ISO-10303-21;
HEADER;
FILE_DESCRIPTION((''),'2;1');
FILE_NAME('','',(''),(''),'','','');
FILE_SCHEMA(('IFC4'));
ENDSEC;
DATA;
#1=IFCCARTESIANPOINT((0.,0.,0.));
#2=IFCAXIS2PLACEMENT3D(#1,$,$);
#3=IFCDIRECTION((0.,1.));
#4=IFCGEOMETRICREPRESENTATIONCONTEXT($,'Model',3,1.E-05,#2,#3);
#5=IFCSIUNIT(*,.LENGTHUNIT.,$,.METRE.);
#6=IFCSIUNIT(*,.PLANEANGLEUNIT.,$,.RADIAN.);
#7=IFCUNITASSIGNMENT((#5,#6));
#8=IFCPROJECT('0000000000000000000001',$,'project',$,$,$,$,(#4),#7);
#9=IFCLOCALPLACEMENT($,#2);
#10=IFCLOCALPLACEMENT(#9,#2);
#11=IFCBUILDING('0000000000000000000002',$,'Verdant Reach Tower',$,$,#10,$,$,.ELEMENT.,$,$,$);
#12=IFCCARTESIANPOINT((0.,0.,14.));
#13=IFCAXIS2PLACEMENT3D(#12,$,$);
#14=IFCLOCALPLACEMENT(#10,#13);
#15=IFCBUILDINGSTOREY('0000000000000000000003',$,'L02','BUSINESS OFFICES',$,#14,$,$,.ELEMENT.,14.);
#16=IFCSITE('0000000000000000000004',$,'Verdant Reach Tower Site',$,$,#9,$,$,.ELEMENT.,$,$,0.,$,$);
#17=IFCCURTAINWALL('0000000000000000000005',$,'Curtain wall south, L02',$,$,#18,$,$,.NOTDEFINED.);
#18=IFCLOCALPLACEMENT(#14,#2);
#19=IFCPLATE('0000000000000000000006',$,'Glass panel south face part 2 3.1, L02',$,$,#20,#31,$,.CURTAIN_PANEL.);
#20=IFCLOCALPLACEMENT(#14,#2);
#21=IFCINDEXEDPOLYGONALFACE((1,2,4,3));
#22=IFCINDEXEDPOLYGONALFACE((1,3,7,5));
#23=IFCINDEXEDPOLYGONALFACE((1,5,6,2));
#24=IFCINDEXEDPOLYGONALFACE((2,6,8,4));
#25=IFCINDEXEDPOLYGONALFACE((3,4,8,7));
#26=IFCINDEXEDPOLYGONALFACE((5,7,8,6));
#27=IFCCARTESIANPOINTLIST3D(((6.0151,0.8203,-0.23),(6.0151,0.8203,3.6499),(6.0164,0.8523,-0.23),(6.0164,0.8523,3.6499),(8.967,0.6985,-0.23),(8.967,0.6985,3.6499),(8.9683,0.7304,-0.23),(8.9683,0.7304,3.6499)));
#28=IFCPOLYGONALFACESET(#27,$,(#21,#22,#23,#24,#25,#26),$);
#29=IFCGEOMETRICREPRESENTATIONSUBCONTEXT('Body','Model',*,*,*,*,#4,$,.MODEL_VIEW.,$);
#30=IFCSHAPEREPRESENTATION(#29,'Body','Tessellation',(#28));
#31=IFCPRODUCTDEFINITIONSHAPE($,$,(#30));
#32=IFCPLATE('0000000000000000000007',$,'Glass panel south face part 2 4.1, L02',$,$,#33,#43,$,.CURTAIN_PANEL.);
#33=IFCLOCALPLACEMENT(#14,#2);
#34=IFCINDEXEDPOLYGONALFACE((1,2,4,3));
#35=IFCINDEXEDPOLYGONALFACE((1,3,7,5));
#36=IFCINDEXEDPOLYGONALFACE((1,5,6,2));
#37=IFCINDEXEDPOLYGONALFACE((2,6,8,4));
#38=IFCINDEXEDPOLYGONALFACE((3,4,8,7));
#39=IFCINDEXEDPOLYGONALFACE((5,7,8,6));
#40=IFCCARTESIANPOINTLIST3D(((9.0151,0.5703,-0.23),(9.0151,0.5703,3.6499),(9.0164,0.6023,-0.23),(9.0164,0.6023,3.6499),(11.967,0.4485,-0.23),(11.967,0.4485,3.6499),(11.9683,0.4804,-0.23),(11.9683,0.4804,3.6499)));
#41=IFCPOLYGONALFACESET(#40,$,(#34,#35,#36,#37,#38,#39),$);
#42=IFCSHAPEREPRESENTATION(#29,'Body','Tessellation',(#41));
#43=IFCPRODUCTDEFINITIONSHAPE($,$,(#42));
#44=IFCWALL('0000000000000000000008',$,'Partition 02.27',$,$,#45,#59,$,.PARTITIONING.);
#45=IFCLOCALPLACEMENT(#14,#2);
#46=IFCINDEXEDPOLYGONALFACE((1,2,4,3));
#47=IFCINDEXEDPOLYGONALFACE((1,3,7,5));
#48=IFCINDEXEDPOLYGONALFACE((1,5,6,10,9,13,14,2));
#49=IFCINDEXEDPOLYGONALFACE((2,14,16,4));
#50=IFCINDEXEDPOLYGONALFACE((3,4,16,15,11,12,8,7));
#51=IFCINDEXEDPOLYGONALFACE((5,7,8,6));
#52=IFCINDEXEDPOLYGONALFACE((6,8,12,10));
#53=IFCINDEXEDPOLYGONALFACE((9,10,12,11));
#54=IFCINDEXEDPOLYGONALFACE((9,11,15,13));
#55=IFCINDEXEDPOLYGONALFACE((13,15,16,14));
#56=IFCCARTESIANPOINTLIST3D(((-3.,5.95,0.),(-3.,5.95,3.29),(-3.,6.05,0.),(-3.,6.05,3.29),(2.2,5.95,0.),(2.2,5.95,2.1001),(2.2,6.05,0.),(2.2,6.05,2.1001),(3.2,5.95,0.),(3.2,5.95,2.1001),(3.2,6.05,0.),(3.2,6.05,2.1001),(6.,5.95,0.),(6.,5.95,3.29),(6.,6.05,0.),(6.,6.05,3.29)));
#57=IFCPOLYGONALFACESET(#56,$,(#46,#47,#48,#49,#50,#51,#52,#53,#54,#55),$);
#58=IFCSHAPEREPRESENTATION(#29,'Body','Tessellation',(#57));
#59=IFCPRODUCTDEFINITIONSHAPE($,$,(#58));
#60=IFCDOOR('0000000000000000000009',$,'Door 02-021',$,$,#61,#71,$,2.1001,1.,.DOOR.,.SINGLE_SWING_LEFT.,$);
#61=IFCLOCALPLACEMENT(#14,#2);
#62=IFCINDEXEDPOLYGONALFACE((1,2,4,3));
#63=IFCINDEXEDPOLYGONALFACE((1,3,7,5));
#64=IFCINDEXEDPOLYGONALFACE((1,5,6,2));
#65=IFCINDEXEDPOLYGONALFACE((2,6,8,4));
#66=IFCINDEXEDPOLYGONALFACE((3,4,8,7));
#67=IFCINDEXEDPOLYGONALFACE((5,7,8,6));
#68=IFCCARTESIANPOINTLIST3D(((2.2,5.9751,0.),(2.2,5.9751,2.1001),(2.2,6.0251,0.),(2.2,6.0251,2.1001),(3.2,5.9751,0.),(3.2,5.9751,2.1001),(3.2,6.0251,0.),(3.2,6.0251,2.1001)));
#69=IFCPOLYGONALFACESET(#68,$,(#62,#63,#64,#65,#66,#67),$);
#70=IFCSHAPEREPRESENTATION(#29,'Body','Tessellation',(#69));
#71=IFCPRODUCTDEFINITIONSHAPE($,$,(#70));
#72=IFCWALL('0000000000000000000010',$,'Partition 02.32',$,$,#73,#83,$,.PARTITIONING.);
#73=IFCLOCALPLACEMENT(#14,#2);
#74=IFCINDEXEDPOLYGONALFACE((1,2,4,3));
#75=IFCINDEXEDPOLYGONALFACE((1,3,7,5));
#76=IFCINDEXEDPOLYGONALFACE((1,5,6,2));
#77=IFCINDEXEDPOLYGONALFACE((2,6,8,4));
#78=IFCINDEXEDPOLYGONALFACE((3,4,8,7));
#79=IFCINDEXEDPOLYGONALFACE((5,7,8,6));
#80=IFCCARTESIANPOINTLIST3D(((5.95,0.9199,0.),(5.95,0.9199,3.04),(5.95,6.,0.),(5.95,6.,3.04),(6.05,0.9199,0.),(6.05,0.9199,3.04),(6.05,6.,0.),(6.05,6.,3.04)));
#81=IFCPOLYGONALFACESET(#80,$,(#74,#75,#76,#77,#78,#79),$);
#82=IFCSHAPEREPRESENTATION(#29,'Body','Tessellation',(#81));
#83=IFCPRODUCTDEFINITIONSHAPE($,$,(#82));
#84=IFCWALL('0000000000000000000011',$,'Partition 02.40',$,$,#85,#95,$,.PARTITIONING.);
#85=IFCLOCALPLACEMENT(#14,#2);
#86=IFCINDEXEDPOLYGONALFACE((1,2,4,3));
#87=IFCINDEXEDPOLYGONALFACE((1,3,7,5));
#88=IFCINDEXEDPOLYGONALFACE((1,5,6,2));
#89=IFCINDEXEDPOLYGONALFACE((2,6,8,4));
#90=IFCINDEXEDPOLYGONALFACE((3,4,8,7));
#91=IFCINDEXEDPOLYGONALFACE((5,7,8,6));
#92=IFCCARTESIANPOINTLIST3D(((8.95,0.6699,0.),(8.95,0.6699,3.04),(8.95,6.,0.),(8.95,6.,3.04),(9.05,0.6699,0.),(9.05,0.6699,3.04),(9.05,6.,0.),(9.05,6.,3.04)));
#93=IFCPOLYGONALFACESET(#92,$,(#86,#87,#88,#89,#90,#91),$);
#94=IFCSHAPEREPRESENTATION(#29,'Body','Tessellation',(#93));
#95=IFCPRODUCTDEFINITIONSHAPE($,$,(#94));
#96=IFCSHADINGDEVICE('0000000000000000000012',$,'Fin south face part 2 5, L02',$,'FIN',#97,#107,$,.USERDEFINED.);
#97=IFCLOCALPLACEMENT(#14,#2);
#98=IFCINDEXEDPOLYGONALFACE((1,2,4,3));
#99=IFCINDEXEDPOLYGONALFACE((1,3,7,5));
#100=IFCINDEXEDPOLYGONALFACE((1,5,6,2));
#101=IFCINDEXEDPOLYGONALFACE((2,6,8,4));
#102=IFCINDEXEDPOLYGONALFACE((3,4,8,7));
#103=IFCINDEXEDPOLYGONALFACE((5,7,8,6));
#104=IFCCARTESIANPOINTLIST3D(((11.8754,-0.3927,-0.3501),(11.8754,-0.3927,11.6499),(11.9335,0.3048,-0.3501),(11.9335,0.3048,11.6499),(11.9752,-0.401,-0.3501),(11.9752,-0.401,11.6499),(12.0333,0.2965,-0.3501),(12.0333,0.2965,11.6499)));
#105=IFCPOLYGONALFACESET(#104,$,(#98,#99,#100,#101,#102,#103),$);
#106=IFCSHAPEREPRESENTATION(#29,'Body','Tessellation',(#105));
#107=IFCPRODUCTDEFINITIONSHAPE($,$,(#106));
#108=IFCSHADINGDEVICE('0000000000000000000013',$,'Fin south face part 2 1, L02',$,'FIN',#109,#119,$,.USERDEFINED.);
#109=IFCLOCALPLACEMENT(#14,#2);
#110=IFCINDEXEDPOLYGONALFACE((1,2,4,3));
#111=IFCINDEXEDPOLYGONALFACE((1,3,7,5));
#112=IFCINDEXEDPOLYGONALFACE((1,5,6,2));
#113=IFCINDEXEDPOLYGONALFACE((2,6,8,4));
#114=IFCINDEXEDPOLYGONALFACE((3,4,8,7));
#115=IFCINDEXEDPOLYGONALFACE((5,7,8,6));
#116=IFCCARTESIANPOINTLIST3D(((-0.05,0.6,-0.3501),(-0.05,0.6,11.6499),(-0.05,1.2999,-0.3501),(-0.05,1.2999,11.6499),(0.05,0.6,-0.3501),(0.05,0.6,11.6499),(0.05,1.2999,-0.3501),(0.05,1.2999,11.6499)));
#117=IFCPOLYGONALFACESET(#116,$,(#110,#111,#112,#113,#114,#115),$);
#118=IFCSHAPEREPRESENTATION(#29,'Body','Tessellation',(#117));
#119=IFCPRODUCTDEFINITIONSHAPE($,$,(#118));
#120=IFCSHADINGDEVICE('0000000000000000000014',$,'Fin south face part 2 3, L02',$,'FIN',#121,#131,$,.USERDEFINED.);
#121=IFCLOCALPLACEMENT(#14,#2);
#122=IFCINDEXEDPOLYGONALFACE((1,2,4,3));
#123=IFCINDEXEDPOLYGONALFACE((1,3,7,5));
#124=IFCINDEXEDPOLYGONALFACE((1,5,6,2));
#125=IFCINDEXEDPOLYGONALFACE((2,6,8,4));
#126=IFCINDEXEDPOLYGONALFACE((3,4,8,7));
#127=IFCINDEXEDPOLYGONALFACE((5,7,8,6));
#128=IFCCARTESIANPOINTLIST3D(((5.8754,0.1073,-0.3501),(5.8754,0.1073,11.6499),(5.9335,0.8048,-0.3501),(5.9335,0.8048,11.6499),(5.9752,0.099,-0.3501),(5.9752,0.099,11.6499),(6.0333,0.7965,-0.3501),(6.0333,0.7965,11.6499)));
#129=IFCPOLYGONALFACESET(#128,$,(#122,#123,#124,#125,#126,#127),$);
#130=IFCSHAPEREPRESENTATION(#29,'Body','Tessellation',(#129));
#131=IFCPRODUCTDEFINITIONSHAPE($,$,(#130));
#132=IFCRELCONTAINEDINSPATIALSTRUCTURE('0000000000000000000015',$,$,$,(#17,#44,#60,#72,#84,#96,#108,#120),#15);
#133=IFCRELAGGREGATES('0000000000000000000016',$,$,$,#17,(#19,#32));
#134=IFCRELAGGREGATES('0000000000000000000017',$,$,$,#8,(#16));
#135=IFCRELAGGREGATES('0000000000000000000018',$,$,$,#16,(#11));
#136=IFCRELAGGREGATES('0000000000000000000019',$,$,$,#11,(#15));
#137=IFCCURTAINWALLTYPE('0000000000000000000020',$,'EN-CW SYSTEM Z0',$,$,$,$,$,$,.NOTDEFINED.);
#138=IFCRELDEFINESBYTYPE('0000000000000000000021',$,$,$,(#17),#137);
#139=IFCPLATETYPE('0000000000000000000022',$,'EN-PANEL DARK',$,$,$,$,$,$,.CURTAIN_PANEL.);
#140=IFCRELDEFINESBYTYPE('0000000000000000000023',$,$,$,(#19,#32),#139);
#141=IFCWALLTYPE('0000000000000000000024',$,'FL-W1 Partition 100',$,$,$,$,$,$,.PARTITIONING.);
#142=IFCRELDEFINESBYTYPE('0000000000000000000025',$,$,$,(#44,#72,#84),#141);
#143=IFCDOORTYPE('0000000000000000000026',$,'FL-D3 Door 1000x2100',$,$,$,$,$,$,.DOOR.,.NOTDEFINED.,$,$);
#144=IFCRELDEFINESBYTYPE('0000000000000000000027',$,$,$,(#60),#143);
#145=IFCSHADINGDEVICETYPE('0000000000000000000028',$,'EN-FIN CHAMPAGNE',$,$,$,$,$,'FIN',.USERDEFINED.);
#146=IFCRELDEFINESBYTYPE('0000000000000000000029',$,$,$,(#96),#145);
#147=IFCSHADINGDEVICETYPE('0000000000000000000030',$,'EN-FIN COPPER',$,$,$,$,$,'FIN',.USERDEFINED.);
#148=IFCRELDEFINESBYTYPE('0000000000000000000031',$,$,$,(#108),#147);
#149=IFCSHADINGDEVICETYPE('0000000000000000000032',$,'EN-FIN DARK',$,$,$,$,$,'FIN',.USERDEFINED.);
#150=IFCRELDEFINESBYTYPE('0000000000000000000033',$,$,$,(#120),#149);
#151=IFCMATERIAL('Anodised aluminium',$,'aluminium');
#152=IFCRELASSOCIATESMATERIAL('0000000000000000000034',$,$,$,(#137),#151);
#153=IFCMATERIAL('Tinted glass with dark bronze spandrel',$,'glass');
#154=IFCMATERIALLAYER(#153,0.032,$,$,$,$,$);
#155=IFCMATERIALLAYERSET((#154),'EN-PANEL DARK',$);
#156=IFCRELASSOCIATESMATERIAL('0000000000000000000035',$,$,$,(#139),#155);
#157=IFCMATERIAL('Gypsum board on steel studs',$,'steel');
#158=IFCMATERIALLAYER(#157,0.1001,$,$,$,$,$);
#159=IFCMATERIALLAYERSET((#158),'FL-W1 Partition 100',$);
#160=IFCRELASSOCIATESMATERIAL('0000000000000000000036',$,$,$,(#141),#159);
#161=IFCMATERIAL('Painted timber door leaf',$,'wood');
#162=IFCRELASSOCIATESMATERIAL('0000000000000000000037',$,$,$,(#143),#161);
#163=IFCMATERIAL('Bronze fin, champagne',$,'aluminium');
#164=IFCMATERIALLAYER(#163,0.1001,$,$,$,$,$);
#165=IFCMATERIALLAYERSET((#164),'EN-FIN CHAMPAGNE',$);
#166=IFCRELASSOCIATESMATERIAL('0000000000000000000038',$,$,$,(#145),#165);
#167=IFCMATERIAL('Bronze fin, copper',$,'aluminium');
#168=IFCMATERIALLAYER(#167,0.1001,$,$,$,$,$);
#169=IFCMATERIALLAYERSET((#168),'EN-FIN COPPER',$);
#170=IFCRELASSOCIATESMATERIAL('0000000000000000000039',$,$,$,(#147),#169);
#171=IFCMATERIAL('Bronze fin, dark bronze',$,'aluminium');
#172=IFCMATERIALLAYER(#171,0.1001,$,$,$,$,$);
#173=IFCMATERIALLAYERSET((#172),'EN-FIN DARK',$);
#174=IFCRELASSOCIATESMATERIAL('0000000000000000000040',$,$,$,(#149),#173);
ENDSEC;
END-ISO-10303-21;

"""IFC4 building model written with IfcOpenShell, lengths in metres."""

from ifc_helpers import new_model, si_unit, direction, frame, frame_2d, origin, origin_2d, place, context, subcontext, project, spatial, rectangle, extrude, material, layer, layer_set, type_object, element, fill, aggregate, save


model = new_model("IFC4")

# Units and contexts
model_context = context("Model", 3, precision=1e-05, world=origin(), true_north=direction((0.0, 1.0)))
body_context = subcontext(model_context, "Body", "Model", "MODEL_VIEW")
ifc_project = project(units=[si_unit("LENGTHUNIT", "METRE"), si_unit("PLANEANGLEUNIT", "RADIAN")], contexts=[model_context])

# Site, building, storey
site_placement = place(None, origin())
site = spatial("IfcSite", under=ifc_project, at=site_placement, Name="Verdant Reach Tower Site", CompositionType="ELEMENT", RefElevation=0.0)
building_placement = place(site_placement, origin())
building = spatial("IfcBuilding", under=site, at=building_placement, Name="Verdant Reach Tower", CompositionType="ELEMENT")
storey_placement = place(building_placement, frame((0.0, 0.0, 14.0)))
storey = spatial("IfcBuildingStorey", under=building, at=storey_placement, Name="L02", Description="BUSINESS OFFICES", CompositionType="ELEMENT", Elevation=14.0)

# Curtain wall
ifc_material_1 = material(Name="Anodised aluminium", Category="aluminium")
curtain_wall_type = type_object("IfcCurtainWallType", Name="EN-CW SYSTEM Z0", PredefinedType="NOTDEFINED", material=ifc_material_1)
curtain_wall_placement = place(storey_placement, origin())
curtain_wall = element("IfcCurtainWall", 1, at=curtain_wall_placement, inside=storey, type_object=curtain_wall_type, Name="Curtain wall south, L02", PredefinedType="NOTDEFINED")

# Plates
ifc_material_2 = material(Name="Tinted glass with dark bronze spandrel", Category="glass")
ifc_layer_1 = layer(ifc_material_2, 0.032)
ifc_layer_set_1 = layer_set([ifc_layer_1], Name="EN-PANEL DARK")
plate_type_1 = type_object("IfcPlateType", Name="EN-PANEL DARK", PredefinedType="CURTAIN_PANEL", material=ifc_layer_set_1)
plate_1_placement = place(storey_placement, frame((7.4917, 0.7754, -0.23), z_axis=(0.0, 0.0, 1.0), x_axis=(0.999149, -0.041242, 0.0)))
plate_1 = element("IfcPlate", 2, at=plate_1_placement, type_object=plate_type_1, Name="Glass panel south face part 2 3.1, L02", PredefinedType="CURTAIN_PANEL", context=body_context, shape_type="SweptSolid", body=[
    extrude(rectangle(XDim=2.9543, YDim=0.032, at=origin_2d()), origin(), (0.0, 0.0, 1.0), 3.8799),
])
plate_2_placement = place(storey_placement, frame((10.4917, 0.5254, -0.23), z_axis=(0.0, 0.0, 1.0), x_axis=(0.999149, -0.041242, 0.0)))
plate_2 = element("IfcPlate", 3, at=plate_2_placement, type_object=plate_type_1, Name="Glass panel south face part 2 4.1, L02", PredefinedType="CURTAIN_PANEL", context=body_context, shape_type="SweptSolid", body=[
    extrude(rectangle(XDim=2.9543, YDim=0.032, at=origin_2d()), origin(), (0.0, 0.0, 1.0), 3.8799),
])
aggregate(curtain_wall, [plate_1, plate_2])

# Wall, opening, door
ifc_material_3 = material(Name="Gypsum board on steel studs", Category="steel")
ifc_layer_2 = layer(ifc_material_3, 0.1001)
ifc_layer_set_2 = layer_set([ifc_layer_2], Name="FL-W1 Partition 100")
wall_type = type_object("IfcWallType", Name="FL-W1 Partition 100", PredefinedType="PARTITIONING", material=ifc_layer_set_2)
wall_1_placement = place(storey_placement, frame((6.0, 6.0, 0.0), z_axis=(0.0, 0.0, 1.0), x_axis=(-1.0, 0.0, 0.0)))
wall_1 = element("IfcWall", 4, at=wall_1_placement, inside=storey, type_object=wall_type, Name="Partition 02.27", PredefinedType="PARTITIONING", context=body_context, shape_type="SweptSolid", body=[
    extrude(rectangle(XDim=9.0, YDim=0.1001, at=frame_2d((4.5, 0.0))), origin(), (0.0, 0.0, 1.0), 3.29),
])
opening_placement = place(wall_1_placement, frame((2.8, 0.0, 0.0)))
opening = element("IfcOpeningElement", 5, at=opening_placement, cuts=wall_1, PredefinedType="OPENING", context=body_context, shape_type="SweptSolid", body=[
    extrude(rectangle(XDim=1.0, YDim=2.1001, at=frame_2d((0.5, 1.05))), frame((0.0, 0.0601, 0.0), z_axis=(0.0, -1.0, 0.0), x_axis=(1.0, 0.0, 0.0)), (0.0, 0.0, 1.0), 0.1201),
])
ifc_material_4 = material(Name="Painted timber door leaf", Category="wood")
door_type = type_object("IfcDoorType", Name="FL-D3 Door 1000x2100", OperationType="NOTDEFINED", PredefinedType="DOOR", material=ifc_material_4)
door_placement = place(opening_placement, origin())
door = element("IfcDoor", 6, at=door_placement, inside=storey, type_object=door_type, Name="Door 02-021", OperationType="SINGLE_SWING_LEFT", OverallHeight=2.1001, OverallWidth=1.0, PredefinedType="DOOR", context=body_context, shape_type="SweptSolid", body=[
    extrude(rectangle(XDim=1.0, YDim=2.1001, at=frame_2d((0.5, 1.05))), frame((0.0, 0.0249, 0.0), z_axis=(0.0, -1.0, 0.0), x_axis=(1.0, 0.0, 0.0)), (0.0, 0.0, 1.0), 0.05),
])
fill(opening, door)

# Walls
wall_2_placement = place(storey_placement, frame((6.0, 0.9199, 0.0), z_axis=(0.0, 0.0, 1.0), x_axis=(0.0, 1.0, 0.0)))
element("IfcWall", 7, at=wall_2_placement, inside=storey, type_object=wall_type, Name="Partition 02.32", PredefinedType="PARTITIONING", context=body_context, shape_type="SweptSolid", body=[
    extrude(rectangle(XDim=5.0801, YDim=0.1001, at=frame_2d((2.54, 0.0))), origin(), (0.0, 0.0, 1.0), 3.04),
])
wall_3_placement = place(storey_placement, frame((9.0, 0.6699, 0.0), z_axis=(0.0, 0.0, 1.0), x_axis=(0.0, 1.0, 0.0)))
element("IfcWall", 8, at=wall_3_placement, inside=storey, type_object=wall_type, Name="Partition 02.40", PredefinedType="PARTITIONING", context=body_context, shape_type="SweptSolid", body=[
    extrude(rectangle(XDim=5.3301, YDim=0.1001, at=frame_2d((2.665, 0.0))), origin(), (0.0, 0.0, 1.0), 3.04),
])

# Shading devices
ifc_material_5 = material(Name="Bronze fin, champagne", Category="aluminium")
ifc_layer_3 = layer(ifc_material_5, 0.1001)
ifc_layer_set_3 = layer_set([ifc_layer_3], Name="EN-FIN CHAMPAGNE")
shading_device_type_1 = type_object("IfcShadingDeviceType", Name="EN-FIN CHAMPAGNE", ElementType="FIN", PredefinedType="USERDEFINED", material=ifc_layer_set_3)
shading_device_1_placement = place(storey_placement, frame((11.9543, -0.0481, -0.3501), z_axis=(0.0, 0.0, 1.0), x_axis=(0.996546, -0.083045, 0.0)))
element("IfcShadingDevice", 9, at=shading_device_1_placement, inside=storey, type_object=shading_device_type_1, Name="Fin south face part 2 5, L02", ObjectType="FIN", PredefinedType="USERDEFINED", context=body_context, shape_type="SweptSolid", body=[
    extrude(rectangle(XDim=0.1001, YDim=0.7, at=origin_2d()), origin(), (0.0, 0.0, 1.0), 12.0),
])
ifc_material_6 = material(Name="Bronze fin, copper", Category="aluminium")
ifc_layer_4 = layer(ifc_material_6, 0.1001)
ifc_layer_set_4 = layer_set([ifc_layer_4], Name="EN-FIN COPPER")
shading_device_type_2 = type_object("IfcShadingDeviceType", Name="EN-FIN COPPER", ElementType="FIN", PredefinedType="USERDEFINED", material=ifc_layer_set_4)
shading_device_2_placement = place(storey_placement, frame((0.0, 0.95, -0.3501), z_axis=(0.0, 0.0, 1.0), x_axis=(1.0, 0.0, 0.0)))
element("IfcShadingDevice", 10, at=shading_device_2_placement, inside=storey, type_object=shading_device_type_2, Name="Fin south face part 2 1, L02", ObjectType="FIN", PredefinedType="USERDEFINED", context=body_context, shape_type="SweptSolid", body=[
    extrude(rectangle(XDim=0.1001, YDim=0.7, at=origin_2d()), origin(), (0.0, 0.0, 1.0), 12.0),
])
ifc_material_7 = material(Name="Bronze fin, dark bronze", Category="aluminium")
ifc_layer_5 = layer(ifc_material_7, 0.1001)
ifc_layer_set_5 = layer_set([ifc_layer_5], Name="EN-FIN DARK")
shading_device_type_3 = type_object("IfcShadingDeviceType", Name="EN-FIN DARK", ElementType="FIN", PredefinedType="USERDEFINED", material=ifc_layer_set_5)
shading_device_3_placement = place(storey_placement, frame((5.9543, 0.4519, -0.3501), z_axis=(0.0, 0.0, 1.0), x_axis=(0.996546, -0.083045, 0.0)))
element("IfcShadingDevice", 11, at=shading_device_3_placement, inside=storey, type_object=shading_device_type_3, Name="Fin south face part 2 3, L02", ObjectType="FIN", PredefinedType="USERDEFINED", context=body_context, shape_type="SweptSolid", body=[
    extrude(rectangle(XDim=0.1001, YDim=0.7, at=origin_2d()), origin(), (0.0, 0.0, 1.0), 12.0),
])

save(model, "model.ifc")
